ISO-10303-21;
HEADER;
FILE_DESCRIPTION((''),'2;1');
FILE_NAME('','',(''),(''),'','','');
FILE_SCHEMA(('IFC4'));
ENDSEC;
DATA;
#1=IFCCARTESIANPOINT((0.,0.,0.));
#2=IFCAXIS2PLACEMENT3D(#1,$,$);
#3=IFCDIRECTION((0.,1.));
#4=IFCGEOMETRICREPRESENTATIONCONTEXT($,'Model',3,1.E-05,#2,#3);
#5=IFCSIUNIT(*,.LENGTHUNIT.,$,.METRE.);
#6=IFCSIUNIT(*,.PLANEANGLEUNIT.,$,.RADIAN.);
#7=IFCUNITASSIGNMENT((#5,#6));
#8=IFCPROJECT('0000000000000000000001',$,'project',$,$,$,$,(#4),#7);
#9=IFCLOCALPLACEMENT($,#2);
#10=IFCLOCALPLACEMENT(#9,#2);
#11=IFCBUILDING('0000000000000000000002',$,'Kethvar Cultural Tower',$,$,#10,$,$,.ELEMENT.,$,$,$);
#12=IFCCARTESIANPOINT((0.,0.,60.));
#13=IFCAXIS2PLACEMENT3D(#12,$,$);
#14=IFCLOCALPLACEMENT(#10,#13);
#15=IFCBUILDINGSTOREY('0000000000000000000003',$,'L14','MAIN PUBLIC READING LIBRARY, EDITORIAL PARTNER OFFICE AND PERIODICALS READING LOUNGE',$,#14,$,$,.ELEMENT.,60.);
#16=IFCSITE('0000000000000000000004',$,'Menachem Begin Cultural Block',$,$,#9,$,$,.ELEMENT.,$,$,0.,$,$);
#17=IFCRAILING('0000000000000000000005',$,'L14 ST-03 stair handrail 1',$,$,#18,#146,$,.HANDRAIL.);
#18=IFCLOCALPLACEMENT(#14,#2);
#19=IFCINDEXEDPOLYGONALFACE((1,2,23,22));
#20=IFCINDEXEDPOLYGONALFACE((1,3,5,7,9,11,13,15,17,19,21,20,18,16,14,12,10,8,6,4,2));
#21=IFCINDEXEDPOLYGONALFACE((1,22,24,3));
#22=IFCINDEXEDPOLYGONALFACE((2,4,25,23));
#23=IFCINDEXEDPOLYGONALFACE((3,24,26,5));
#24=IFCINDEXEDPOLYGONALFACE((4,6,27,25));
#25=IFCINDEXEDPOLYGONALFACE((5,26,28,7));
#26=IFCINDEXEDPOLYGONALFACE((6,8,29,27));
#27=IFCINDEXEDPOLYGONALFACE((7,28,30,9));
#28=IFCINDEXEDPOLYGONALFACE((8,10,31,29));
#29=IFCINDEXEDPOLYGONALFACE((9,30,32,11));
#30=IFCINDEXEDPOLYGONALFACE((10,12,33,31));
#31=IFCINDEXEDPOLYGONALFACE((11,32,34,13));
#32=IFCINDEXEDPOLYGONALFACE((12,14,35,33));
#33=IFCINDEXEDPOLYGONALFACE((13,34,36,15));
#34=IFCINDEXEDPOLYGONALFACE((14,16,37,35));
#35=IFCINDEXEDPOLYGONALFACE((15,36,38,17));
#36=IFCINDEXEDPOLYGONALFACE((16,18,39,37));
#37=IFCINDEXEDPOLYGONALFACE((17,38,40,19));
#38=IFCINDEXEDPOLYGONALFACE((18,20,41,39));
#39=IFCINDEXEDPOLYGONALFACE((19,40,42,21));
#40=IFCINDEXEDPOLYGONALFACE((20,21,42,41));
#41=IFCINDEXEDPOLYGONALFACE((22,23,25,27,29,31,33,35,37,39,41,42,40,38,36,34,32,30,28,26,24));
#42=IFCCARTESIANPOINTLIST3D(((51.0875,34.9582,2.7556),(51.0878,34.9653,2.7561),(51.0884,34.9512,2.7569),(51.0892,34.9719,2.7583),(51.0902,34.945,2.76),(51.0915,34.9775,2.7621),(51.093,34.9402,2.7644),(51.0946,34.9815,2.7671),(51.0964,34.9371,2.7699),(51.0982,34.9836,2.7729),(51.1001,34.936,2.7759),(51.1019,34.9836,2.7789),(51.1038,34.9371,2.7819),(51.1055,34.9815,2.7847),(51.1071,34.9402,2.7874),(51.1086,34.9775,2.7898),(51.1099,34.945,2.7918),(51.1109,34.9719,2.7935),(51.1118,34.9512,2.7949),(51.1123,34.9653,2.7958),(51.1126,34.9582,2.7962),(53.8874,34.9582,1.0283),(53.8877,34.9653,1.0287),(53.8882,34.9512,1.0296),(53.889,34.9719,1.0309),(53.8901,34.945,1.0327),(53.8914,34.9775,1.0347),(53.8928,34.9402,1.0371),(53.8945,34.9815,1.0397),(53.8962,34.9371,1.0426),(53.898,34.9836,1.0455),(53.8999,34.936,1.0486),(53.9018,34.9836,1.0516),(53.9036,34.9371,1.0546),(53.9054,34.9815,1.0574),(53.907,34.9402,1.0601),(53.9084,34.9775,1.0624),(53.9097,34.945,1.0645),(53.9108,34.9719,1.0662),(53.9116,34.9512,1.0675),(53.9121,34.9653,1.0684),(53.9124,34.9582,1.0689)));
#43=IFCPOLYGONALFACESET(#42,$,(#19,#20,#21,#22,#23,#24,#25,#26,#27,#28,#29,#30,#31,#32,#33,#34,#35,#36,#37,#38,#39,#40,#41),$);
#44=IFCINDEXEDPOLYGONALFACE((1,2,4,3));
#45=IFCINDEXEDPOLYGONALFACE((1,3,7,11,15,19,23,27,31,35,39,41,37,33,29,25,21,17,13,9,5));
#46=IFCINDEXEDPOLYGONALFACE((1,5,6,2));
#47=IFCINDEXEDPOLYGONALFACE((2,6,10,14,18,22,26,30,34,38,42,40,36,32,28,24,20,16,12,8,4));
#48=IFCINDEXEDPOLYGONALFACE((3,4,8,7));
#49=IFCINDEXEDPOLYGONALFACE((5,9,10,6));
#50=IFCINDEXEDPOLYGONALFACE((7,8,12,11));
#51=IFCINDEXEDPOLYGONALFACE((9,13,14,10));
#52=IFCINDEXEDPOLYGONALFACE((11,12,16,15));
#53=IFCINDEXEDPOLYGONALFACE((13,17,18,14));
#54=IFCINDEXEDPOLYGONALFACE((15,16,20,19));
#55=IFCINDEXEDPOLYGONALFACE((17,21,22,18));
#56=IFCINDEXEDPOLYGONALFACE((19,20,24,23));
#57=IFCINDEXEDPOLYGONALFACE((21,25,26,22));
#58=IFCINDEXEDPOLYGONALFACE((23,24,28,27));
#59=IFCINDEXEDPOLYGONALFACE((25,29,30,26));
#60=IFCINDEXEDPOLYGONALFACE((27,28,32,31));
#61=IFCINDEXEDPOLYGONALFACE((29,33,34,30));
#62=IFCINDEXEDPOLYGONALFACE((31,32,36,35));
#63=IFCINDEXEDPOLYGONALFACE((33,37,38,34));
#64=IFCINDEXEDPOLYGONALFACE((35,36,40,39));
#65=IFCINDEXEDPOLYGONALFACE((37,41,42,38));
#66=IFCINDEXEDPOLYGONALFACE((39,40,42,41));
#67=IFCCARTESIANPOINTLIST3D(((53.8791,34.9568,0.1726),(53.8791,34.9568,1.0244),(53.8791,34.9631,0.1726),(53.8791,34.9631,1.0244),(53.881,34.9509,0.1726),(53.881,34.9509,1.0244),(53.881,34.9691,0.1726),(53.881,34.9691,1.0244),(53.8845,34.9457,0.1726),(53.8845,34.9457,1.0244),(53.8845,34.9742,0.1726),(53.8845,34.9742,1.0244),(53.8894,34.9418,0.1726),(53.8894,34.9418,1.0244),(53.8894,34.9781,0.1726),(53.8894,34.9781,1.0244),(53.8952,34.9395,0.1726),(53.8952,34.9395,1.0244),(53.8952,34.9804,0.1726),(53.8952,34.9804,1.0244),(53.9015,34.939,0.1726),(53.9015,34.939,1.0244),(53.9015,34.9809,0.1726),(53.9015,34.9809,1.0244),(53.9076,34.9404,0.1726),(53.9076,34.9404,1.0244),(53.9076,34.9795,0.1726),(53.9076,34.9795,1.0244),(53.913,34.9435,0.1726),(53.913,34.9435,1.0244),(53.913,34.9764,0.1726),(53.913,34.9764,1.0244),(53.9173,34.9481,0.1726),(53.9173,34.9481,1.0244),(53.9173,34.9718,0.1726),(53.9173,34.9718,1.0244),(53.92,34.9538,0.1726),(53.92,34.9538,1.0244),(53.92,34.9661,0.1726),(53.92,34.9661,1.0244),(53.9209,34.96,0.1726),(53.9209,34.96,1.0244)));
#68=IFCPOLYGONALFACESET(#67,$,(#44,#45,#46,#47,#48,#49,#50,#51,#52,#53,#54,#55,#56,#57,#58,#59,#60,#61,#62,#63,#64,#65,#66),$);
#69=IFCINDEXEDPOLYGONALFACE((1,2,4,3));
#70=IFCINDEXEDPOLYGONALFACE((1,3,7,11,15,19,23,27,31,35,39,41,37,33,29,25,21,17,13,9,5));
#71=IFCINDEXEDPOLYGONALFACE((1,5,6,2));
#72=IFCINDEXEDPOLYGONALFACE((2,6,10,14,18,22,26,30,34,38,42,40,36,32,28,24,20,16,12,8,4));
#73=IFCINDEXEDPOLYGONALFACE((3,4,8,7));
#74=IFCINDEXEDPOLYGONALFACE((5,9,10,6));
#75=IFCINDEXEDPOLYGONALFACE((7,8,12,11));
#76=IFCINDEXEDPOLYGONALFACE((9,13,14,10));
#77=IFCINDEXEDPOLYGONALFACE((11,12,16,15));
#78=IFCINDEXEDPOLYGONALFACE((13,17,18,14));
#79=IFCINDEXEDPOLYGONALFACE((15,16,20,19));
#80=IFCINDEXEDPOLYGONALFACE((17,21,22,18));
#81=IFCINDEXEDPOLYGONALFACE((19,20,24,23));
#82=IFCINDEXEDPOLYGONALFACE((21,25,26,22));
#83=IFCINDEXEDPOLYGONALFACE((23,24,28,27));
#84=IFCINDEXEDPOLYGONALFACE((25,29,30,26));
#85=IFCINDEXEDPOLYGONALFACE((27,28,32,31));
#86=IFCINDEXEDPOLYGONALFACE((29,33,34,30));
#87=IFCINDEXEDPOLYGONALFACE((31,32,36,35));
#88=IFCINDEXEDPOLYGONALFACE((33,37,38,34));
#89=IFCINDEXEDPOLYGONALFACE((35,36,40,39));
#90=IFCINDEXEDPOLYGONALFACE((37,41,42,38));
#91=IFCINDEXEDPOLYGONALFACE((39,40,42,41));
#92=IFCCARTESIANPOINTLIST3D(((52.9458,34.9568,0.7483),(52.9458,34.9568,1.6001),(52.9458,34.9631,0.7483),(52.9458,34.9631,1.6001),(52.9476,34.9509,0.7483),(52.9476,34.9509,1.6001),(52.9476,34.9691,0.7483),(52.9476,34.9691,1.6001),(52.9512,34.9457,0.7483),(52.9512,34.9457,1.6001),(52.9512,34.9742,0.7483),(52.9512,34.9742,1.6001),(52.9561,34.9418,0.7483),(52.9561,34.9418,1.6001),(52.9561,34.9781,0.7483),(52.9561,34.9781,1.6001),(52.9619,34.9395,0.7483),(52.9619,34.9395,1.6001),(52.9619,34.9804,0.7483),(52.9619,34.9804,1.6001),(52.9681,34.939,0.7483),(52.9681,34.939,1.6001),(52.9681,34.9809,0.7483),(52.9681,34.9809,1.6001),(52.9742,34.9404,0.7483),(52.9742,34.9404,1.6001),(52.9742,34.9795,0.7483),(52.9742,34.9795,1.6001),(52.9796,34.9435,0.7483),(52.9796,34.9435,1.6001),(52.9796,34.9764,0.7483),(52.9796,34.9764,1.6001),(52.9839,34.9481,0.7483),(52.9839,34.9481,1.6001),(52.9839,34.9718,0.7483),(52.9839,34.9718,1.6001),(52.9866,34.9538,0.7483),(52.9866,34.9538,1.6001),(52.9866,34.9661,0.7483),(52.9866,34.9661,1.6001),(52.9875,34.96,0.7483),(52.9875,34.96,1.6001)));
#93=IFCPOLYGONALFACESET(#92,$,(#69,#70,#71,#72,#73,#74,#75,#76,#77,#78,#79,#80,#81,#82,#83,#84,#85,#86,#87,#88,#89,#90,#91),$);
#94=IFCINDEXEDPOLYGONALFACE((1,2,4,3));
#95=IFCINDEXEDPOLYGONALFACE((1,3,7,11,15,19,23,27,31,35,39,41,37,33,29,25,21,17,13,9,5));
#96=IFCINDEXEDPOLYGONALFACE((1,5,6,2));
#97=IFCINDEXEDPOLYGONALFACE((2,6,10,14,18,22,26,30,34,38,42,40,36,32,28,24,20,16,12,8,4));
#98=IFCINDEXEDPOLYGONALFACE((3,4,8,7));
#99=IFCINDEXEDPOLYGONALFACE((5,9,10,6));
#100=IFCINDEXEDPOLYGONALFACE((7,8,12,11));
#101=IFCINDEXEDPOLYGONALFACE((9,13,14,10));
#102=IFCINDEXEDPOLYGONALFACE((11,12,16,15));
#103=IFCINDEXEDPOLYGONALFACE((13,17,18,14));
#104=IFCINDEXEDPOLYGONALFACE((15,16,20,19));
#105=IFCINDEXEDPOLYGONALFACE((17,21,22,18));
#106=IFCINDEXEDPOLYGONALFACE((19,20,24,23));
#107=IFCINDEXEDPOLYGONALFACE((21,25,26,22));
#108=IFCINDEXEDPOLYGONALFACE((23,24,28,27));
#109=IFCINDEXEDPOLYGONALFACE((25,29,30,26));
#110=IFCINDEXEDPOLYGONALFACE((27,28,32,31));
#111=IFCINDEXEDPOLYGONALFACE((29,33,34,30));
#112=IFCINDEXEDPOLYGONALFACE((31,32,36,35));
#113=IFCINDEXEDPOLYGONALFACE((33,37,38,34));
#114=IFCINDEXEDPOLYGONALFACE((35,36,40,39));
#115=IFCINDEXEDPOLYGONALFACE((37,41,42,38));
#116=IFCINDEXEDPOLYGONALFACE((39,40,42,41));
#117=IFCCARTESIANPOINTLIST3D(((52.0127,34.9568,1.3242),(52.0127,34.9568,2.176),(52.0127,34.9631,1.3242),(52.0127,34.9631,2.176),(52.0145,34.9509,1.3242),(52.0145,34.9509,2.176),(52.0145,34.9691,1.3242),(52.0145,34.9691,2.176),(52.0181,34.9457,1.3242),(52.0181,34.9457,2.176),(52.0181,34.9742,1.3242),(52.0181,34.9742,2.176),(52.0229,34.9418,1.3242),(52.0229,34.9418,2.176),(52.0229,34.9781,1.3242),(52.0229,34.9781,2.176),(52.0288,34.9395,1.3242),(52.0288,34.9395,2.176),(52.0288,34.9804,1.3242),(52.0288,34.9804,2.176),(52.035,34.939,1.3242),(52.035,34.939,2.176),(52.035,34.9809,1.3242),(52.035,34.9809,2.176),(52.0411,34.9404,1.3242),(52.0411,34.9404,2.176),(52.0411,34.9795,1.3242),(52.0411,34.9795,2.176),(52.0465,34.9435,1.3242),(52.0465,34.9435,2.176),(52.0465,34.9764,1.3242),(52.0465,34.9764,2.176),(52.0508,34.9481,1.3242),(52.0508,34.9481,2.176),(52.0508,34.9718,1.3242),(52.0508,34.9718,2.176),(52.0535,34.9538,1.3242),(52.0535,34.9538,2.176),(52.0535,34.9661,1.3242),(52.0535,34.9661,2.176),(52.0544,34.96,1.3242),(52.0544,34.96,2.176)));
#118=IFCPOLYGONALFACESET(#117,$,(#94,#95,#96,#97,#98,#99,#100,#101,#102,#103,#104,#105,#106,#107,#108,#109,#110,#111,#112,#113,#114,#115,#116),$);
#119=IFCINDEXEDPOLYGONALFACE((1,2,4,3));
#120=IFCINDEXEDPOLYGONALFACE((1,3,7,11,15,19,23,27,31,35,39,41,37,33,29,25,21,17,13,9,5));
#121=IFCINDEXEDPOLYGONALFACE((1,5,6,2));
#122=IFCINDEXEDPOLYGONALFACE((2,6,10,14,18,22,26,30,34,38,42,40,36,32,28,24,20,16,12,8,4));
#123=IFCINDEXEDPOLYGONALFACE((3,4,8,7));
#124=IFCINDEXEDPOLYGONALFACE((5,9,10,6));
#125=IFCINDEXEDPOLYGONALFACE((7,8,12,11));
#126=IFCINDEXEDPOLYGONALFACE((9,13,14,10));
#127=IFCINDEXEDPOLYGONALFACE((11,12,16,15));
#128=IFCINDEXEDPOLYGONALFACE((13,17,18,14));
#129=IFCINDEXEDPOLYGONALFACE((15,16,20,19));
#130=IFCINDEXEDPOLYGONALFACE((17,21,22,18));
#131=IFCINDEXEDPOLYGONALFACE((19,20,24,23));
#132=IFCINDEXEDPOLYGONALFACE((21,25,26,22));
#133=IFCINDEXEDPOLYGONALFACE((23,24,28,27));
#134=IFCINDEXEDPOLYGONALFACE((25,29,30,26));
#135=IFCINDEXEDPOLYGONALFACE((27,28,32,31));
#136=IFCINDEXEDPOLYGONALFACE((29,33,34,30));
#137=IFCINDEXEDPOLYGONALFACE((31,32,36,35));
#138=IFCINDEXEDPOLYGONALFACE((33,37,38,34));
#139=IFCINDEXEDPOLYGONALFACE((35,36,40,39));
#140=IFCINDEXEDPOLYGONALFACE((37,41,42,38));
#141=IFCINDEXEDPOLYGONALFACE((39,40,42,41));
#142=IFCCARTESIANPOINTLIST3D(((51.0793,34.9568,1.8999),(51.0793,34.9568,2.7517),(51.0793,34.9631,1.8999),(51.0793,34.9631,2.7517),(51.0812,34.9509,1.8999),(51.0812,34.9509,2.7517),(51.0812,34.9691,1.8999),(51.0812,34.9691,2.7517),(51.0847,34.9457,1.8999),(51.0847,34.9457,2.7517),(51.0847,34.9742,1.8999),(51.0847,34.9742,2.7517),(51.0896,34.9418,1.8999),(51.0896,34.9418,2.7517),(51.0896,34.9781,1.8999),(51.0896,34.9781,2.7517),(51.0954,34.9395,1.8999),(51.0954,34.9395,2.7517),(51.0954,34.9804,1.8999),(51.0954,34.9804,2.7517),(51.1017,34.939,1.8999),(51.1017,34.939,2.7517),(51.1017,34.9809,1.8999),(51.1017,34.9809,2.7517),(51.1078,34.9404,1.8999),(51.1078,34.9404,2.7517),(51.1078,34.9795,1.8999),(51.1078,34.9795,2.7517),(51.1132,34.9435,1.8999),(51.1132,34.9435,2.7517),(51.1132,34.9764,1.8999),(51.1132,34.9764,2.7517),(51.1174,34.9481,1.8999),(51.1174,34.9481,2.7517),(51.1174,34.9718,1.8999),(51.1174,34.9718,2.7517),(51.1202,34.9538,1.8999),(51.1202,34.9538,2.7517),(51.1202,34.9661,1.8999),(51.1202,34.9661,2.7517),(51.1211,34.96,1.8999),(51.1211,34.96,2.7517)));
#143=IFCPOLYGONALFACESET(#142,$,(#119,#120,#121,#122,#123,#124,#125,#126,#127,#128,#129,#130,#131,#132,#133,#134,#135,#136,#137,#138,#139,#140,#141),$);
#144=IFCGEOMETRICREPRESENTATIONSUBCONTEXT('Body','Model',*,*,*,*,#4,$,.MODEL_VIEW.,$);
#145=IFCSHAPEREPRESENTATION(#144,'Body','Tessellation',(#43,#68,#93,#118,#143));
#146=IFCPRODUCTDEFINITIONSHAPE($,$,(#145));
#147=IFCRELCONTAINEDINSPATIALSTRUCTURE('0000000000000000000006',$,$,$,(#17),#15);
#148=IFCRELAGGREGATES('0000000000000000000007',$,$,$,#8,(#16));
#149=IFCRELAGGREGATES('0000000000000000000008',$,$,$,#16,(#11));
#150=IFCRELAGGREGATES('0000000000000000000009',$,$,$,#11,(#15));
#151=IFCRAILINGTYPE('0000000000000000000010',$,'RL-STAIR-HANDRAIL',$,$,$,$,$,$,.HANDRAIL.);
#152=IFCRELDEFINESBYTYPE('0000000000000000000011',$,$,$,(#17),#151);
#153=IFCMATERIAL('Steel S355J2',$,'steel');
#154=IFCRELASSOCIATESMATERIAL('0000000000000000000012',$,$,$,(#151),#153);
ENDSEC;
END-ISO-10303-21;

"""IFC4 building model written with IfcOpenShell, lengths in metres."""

from ifc_helpers import new_model, si_unit, direction, frame, origin, origin_2d, place, context, subcontext, project, spatial, circle, extrude, material, type_object, element, save


model = new_model("IFC4")

# Units and contexts
model_context = context("Model", 3, precision=1e-05, world=origin(), true_north=direction((0.0, 1.0)))
body_context = subcontext(model_context, "Body", "Model", "MODEL_VIEW")
ifc_project = project(units=[si_unit("LENGTHUNIT", "METRE"), si_unit("PLANEANGLEUNIT", "RADIAN")], contexts=[model_context])

# Site, building, storey
site_placement = place(None, origin())
site = spatial("IfcSite", under=ifc_project, at=site_placement, Name="Menachem Begin Cultural Block", CompositionType="ELEMENT", RefElevation=0.0)
building_placement = place(site_placement, origin())
building = spatial("IfcBuilding", under=site, at=building_placement, Name="Kethvar Cultural Tower", CompositionType="ELEMENT")
storey_placement = place(building_placement, frame((0.0, 0.0, 60.0)))
storey = spatial("IfcBuildingStorey", under=building, at=storey_placement, Name="L14", Description="MAIN PUBLIC READING LIBRARY, EDITORIAL PARTNER OFFICE AND PERIODICALS READING LOUNGE", CompositionType="ELEMENT", Elevation=60.0)

# Shared definitions
ifc_material_1 = material(Name="Steel S355J2", Category="steel")

# Railing
railing_type_1 = type_object("IfcRailingType", Name="RL-STAIR-HANDRAIL", PredefinedType="HANDRAIL", material=ifc_material_1)
railing_1_placement = place(storey_placement, frame((53.8999, 34.96, 0.1726)))
element("IfcRailing", 1, at=railing_1_placement, inside=storey, type_object=railing_type_1, Name="L14 ST-03 stair handrail 1", PredefinedType="HANDRAIL", context=body_context, shape_type="SweptSolid", body=[
    extrude(circle(Radius=0.0239, at=origin_2d()), frame((0.0, 0.0, 0.876), z_axis=(-0.851069, 0.0, 0.525054), x_axis=(0.0, -1.0, 0.0)), (0.0, 0.0, 1.0), 3.2898),
    extrude(circle(Radius=0.021, at=origin_2d()), origin(), (0.0, 0.0, 1.0), 0.8518),
    extrude(circle(Radius=0.021, at=origin_2d()), frame((-0.9333, 0.0, 0.5757)), (0.0, 0.0, 1.0), 0.8518),
    extrude(circle(Radius=0.021, at=origin_2d()), frame((-1.8665, 0.0, 1.1516)), (0.0, 0.0, 1.0), 0.8518),
    extrude(circle(Radius=0.021, at=origin_2d()), frame((-2.7998, 0.0, 1.7273)), (0.0, 0.0, 1.0), 0.8518),
])

save(model, "model.ifc")
